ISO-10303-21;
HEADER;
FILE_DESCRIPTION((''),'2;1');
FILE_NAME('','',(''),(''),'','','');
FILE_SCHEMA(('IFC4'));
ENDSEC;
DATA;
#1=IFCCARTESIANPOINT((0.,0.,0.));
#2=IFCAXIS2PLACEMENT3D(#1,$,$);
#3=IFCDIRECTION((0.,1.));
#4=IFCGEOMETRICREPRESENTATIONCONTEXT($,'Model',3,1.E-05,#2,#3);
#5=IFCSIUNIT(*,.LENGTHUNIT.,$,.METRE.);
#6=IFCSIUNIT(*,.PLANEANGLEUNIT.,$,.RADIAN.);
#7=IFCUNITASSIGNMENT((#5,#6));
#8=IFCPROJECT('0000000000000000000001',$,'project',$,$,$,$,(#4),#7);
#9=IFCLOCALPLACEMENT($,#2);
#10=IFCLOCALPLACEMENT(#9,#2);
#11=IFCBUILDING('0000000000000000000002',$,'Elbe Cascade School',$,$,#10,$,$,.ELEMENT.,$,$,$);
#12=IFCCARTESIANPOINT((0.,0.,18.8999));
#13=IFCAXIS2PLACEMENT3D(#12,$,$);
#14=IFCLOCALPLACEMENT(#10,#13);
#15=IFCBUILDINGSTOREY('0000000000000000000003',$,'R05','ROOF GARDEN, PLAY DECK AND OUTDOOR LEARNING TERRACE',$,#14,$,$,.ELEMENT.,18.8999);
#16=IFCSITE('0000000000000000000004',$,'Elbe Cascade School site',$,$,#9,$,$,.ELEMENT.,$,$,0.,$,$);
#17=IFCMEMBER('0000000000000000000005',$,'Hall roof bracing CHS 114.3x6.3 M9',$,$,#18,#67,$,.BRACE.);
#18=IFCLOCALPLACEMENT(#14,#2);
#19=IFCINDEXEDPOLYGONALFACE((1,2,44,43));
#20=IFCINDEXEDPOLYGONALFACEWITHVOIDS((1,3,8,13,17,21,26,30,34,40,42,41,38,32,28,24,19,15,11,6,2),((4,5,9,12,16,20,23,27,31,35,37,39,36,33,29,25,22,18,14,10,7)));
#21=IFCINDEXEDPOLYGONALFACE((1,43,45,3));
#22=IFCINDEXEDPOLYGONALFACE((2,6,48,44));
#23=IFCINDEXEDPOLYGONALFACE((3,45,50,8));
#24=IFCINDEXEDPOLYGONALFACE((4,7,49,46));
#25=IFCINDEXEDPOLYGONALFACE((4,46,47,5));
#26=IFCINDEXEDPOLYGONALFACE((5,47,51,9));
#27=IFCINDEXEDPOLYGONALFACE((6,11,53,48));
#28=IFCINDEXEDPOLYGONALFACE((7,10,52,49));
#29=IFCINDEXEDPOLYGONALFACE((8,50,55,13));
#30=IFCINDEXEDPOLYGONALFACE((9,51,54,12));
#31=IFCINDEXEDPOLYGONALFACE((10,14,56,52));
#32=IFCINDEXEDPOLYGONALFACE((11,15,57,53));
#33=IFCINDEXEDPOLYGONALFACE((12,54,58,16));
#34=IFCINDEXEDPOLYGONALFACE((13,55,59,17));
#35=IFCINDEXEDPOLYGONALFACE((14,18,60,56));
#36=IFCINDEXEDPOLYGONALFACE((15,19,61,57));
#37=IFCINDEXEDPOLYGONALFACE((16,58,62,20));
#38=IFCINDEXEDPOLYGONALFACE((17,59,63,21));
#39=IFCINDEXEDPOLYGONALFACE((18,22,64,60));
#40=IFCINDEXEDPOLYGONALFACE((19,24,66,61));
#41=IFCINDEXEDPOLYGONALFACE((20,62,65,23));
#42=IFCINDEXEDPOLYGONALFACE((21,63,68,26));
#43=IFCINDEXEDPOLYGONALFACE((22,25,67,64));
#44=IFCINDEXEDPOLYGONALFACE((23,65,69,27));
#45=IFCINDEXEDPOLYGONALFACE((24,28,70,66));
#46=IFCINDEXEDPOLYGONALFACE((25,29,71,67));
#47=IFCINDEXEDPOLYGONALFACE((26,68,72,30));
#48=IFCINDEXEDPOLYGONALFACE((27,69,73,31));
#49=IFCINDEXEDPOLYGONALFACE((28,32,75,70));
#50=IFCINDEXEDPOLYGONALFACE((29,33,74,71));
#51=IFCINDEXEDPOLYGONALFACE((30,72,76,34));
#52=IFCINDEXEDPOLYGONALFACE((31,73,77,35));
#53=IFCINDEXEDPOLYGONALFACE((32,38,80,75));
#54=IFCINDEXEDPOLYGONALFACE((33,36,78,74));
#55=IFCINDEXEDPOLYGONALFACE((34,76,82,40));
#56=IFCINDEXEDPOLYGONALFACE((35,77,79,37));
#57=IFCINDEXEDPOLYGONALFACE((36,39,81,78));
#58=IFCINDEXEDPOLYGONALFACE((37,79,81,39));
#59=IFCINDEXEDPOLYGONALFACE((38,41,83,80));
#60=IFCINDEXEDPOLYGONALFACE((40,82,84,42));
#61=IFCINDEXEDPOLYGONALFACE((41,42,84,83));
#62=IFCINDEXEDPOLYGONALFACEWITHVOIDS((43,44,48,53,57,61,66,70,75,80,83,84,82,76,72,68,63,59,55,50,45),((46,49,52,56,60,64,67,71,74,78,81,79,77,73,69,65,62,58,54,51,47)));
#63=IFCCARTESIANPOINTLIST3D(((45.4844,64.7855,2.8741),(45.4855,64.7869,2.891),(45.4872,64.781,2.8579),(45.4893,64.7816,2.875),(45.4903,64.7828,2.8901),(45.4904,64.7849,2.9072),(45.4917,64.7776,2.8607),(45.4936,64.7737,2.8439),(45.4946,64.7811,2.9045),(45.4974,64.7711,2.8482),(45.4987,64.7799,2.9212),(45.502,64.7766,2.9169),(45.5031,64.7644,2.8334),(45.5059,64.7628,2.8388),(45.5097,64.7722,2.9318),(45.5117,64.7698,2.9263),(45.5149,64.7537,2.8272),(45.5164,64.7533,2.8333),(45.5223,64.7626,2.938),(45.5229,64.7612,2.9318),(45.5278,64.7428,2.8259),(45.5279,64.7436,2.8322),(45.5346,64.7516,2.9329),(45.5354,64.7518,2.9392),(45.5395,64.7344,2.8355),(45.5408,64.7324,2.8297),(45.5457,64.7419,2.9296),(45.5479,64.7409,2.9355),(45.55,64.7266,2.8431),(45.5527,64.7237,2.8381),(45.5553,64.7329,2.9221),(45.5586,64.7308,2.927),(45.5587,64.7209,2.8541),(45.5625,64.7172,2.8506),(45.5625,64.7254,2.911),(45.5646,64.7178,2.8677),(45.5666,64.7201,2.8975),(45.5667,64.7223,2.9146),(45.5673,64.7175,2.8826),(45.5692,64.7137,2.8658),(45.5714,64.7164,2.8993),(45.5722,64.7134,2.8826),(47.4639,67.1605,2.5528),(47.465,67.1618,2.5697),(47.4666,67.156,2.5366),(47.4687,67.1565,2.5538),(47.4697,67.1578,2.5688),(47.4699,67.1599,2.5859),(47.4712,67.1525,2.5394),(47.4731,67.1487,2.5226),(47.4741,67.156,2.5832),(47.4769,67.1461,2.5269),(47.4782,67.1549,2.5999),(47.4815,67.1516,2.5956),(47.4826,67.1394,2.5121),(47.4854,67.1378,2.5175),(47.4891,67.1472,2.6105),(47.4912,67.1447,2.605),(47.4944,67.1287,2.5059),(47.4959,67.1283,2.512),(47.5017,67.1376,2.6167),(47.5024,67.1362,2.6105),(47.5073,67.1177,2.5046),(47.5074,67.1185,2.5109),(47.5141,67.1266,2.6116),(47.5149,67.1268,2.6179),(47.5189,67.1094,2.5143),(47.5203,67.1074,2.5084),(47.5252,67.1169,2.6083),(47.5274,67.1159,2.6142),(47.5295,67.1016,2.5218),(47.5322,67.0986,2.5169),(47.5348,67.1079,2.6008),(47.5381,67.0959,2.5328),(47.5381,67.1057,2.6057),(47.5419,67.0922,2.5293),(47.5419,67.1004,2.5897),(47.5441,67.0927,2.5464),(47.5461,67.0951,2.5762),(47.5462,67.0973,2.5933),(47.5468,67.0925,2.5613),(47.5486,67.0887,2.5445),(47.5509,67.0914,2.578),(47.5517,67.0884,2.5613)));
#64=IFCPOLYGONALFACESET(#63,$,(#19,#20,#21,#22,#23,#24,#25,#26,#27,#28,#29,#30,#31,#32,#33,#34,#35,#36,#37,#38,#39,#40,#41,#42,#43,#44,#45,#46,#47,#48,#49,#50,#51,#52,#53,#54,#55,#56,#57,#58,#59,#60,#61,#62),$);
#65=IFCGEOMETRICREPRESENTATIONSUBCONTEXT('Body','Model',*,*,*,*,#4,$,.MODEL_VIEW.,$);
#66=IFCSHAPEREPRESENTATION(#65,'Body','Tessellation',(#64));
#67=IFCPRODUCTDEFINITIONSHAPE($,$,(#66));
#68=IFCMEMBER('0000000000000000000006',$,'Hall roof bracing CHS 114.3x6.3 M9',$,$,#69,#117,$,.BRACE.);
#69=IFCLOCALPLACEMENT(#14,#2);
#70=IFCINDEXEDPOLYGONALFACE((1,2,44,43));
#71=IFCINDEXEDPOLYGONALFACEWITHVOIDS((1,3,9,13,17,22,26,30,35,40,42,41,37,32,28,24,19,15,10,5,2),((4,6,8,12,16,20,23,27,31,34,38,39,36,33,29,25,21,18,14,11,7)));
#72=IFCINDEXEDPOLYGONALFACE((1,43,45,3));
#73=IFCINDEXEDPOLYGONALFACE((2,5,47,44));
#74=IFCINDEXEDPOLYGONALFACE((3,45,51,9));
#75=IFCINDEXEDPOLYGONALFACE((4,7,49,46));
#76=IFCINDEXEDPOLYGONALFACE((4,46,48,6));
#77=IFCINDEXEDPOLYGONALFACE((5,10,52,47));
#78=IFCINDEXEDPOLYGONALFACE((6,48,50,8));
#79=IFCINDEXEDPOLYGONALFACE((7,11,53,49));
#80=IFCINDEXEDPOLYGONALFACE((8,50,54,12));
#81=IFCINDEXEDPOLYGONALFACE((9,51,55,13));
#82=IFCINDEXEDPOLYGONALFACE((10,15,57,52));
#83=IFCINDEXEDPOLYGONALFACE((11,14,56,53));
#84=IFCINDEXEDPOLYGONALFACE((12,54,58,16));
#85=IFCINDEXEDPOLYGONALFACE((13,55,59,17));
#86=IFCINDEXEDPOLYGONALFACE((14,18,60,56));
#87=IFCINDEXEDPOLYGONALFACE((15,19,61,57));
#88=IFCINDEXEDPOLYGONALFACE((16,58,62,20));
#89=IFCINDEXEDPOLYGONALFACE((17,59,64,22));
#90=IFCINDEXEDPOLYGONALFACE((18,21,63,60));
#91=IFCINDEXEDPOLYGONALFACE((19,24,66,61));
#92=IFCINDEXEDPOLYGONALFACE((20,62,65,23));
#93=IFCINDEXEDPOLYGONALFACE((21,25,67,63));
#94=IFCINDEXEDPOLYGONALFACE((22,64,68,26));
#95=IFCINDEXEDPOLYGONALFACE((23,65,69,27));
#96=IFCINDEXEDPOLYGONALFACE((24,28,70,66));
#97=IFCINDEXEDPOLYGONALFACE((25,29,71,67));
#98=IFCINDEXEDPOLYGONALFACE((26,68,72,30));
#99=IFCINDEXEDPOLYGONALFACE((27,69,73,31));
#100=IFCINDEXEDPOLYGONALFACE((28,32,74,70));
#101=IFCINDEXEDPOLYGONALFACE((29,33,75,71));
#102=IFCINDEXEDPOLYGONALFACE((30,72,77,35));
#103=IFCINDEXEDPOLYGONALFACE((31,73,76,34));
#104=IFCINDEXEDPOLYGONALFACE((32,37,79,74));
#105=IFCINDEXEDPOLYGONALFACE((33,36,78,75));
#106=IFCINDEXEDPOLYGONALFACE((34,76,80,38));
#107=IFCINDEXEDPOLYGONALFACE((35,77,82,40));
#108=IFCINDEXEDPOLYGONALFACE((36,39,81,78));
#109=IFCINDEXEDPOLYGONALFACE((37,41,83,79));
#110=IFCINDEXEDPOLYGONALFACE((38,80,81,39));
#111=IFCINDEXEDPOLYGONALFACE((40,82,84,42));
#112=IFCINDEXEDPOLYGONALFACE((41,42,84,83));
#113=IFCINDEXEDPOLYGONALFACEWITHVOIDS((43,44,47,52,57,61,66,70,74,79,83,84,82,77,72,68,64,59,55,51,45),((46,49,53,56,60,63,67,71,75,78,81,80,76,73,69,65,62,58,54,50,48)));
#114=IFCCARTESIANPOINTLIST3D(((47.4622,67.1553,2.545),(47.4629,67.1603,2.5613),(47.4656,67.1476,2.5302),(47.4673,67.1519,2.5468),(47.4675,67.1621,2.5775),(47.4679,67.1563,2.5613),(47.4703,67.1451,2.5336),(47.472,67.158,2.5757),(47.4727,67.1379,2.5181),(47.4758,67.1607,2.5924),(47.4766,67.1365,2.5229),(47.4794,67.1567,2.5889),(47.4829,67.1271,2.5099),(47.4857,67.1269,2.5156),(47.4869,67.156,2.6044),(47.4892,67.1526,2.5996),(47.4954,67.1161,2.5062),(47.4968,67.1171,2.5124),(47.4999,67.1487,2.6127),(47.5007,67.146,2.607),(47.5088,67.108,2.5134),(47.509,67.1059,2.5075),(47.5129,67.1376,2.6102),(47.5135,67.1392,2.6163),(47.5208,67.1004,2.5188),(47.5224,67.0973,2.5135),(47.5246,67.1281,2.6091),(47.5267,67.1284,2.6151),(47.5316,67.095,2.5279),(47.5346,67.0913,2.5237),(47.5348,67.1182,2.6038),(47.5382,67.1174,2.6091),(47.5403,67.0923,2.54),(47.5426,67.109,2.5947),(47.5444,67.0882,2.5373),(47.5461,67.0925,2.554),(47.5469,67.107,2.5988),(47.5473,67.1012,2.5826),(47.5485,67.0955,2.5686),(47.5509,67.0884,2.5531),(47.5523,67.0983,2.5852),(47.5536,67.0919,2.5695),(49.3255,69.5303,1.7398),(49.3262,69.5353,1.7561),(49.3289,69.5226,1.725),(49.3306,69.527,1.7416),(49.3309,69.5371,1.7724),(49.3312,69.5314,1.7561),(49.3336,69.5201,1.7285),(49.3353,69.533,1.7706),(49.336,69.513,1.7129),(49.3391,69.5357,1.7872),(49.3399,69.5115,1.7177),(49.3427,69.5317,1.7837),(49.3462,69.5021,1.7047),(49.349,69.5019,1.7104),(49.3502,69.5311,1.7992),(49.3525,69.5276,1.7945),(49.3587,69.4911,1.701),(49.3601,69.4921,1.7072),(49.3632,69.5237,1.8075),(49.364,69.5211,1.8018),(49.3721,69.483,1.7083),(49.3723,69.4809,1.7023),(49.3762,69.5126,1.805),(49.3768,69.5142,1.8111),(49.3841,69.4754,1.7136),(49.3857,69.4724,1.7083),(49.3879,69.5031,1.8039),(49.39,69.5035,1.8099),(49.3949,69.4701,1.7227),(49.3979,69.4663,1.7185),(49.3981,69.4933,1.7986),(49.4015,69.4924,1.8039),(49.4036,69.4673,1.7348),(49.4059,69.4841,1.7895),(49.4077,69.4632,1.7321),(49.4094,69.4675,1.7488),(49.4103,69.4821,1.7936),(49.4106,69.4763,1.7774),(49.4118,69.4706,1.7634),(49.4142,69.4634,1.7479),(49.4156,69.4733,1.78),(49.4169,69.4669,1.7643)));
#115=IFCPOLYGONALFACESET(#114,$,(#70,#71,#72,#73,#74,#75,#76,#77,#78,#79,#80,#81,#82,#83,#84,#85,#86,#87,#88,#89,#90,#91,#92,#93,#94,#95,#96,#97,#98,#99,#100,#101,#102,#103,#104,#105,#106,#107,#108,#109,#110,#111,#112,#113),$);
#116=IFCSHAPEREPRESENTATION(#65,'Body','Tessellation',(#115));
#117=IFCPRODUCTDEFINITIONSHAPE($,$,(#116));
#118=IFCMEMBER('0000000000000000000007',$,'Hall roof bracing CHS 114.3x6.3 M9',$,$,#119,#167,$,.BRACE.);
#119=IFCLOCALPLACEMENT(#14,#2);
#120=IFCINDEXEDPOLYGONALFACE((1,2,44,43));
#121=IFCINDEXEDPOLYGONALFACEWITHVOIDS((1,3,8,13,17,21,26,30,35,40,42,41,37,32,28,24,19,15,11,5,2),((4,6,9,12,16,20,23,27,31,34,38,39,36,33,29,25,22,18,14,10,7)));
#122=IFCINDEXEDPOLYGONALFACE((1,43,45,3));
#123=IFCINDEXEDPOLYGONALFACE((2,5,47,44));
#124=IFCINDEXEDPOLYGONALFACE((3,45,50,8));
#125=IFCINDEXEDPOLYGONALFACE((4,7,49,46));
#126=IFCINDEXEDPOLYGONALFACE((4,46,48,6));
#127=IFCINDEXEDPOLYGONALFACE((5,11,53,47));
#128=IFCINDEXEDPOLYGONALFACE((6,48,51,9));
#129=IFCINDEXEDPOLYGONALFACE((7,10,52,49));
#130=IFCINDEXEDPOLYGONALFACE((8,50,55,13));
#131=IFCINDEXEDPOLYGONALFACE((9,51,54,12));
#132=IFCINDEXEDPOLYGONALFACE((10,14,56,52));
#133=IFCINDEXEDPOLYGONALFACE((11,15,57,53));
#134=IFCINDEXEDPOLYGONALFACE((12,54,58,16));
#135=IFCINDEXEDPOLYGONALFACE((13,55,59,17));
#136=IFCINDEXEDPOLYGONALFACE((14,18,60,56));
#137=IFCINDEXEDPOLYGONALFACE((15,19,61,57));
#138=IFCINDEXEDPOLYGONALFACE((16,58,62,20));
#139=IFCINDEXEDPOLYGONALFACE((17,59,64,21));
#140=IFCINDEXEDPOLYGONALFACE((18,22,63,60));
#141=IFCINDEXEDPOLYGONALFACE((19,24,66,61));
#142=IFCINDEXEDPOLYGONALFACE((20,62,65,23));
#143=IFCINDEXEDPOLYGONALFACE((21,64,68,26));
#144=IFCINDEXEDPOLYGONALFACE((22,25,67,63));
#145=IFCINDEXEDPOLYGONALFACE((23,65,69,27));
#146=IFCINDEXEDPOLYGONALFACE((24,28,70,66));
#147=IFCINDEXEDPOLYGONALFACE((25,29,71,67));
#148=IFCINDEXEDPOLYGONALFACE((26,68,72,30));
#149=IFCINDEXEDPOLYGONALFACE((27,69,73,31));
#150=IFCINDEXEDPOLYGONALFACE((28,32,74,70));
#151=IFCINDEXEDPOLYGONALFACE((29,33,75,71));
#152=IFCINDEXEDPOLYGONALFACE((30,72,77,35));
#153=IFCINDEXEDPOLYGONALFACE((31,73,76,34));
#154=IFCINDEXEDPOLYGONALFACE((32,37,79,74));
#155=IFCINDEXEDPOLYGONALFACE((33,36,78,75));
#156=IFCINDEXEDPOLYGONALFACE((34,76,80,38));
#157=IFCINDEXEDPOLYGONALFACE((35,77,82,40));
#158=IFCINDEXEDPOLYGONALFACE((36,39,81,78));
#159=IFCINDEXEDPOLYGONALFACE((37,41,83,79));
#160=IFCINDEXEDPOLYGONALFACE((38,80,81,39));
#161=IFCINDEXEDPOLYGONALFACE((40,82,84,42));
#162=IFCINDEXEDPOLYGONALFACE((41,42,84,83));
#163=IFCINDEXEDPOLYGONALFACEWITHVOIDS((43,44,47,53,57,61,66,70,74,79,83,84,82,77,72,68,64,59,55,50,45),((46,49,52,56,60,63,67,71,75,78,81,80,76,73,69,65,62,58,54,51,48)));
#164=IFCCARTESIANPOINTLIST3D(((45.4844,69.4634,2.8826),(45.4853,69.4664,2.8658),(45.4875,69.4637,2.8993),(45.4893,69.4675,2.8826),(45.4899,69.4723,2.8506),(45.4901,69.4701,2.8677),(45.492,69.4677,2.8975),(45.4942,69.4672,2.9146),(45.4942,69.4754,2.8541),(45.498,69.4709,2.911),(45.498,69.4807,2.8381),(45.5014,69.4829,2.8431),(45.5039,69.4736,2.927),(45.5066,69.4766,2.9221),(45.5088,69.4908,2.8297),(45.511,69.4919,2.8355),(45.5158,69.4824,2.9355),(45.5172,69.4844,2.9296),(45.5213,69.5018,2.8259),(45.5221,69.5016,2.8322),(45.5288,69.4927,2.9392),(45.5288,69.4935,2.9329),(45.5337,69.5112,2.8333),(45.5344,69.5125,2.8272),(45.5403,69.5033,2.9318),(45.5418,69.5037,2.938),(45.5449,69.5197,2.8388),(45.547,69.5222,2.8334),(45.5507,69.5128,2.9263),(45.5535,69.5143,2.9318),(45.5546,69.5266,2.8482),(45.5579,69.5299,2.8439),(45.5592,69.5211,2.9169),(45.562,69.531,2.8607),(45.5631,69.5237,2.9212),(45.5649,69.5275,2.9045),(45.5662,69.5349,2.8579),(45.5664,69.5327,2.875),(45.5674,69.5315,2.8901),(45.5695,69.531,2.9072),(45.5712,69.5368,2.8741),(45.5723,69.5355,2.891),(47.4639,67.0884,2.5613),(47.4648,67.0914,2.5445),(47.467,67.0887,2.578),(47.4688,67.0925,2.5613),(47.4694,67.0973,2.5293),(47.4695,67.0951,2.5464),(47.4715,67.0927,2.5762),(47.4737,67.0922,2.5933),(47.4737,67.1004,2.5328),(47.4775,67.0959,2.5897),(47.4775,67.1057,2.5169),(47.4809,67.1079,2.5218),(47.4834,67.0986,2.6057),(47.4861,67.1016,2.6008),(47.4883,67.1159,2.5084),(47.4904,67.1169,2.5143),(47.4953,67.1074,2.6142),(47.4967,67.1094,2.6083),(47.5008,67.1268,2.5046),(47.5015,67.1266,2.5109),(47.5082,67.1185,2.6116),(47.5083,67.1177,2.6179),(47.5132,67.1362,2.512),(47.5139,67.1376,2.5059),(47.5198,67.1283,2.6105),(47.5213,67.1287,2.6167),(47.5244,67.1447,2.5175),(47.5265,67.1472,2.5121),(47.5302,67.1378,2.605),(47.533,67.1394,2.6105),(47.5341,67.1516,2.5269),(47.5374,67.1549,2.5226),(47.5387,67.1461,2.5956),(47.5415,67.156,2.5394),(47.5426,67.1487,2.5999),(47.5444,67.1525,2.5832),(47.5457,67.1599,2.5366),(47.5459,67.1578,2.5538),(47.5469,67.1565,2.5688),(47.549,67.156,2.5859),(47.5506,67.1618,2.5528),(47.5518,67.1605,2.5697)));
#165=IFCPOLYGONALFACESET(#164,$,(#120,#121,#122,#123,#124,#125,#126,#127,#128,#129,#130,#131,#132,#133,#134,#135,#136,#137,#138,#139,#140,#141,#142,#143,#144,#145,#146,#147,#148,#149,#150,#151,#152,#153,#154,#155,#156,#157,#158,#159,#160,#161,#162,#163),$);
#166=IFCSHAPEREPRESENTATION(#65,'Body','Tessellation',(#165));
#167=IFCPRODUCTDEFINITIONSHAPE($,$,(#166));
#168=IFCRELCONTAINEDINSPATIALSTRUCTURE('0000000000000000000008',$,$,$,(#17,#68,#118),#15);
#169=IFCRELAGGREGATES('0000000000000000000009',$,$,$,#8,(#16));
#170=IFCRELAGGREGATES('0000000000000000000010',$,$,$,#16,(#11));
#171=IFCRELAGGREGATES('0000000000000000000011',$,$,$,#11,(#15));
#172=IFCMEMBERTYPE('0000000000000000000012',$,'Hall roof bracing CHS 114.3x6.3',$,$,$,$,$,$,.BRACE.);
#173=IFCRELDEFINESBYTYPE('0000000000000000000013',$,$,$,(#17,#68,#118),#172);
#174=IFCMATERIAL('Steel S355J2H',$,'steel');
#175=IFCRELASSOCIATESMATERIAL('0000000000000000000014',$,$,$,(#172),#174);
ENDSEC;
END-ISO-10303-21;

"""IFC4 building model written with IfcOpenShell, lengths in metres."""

from ifc_helpers import new_model, si_unit, direction, frame, origin, origin_2d, place, context, subcontext, project, spatial, hollow_circle, extrude, material, material_profile, profile_set, type_object, element, save


model = new_model("IFC4")

# Units and contexts
model_context = context("Model", 3, precision=1e-05, world=origin(), true_north=direction((0.0, 1.0)))
body_context = subcontext(model_context, "Body", "Model", "MODEL_VIEW")
ifc_project = project(units=[si_unit("LENGTHUNIT", "METRE"), si_unit("PLANEANGLEUNIT", "RADIAN")], contexts=[model_context])

# Site, building, storey
site_placement = place(None, origin())
site = spatial("IfcSite", under=ifc_project, at=site_placement, Name="Elbe Cascade School site", CompositionType="ELEMENT", RefElevation=0.0)
building_placement = place(site_placement, origin())
building = spatial("IfcBuilding", under=site, at=building_placement, Name="Elbe Cascade School", CompositionType="ELEMENT")
storey_placement = place(building_placement, frame((0.0, 0.0, 18.8999)))
storey = spatial("IfcBuildingStorey", under=building, at=storey_placement, Name="R05", Description="ROOF GARDEN, PLAY DECK AND OUTDOOR LEARNING TERRACE", CompositionType="ELEMENT", Elevation=18.8999)

# Members
ifc_material_1 = material(Name="Steel S355J2H", Category="steel")
ifc_material_profile_1 = material_profile(ifc_material_1, hollow_circle(Radius=0.0571, WallThickness=0.0063, at=origin_2d()), Name="CHS 114.3x6.3")
ifc_profile_set_1 = profile_set([ifc_material_profile_1], Name="Steel S355J2H")
member_type_1 = type_object("IfcMemberType", Name="Hall roof bracing CHS 114.3x6.3", PredefinedType="BRACE", material=ifc_profile_set_1)
member_1_placement = place(storey_placement, frame((47.5078, 67.125, 2.5613), z_axis=(-0.636817, -0.764055, 0.103361), x_axis=(0.768169, -0.640247, 0.0)))
element("IfcMember", 1, at=member_1_placement, inside=storey, type_object=member_type_1, Name="Hall roof bracing CHS 114.3x6.3 M9", PredefinedType="BRACE", context=body_context, shape_type="SweptSolid", body=[
    extrude(hollow_circle(Radius=0.0571, WallThickness=0.0063, at=origin_2d()), origin(), (0.0, 0.0, 1.0), 3.1084),
])
member_2_placement = place(storey_placement, frame((47.5078, 67.125, 2.5613), z_axis=(0.596399, 0.76019, -0.257721), x_axis=(-0.786767, 0.61725, 0.0)))
element("IfcMember", 2, at=member_2_placement, inside=storey, type_object=member_type_1, Name="Hall roof bracing CHS 114.3x6.3 M9", PredefinedType="BRACE", context=body_context, shape_type="SweptSolid", body=[
    extrude(hollow_circle(Radius=0.0571, WallThickness=0.0063, at=origin_2d()), origin(), (0.0, 0.0, 1.0), 3.1243),
])
member_3_placement = place(storey_placement, frame((47.5078, 67.125, 2.5613), z_axis=(-0.636817, 0.764055, 0.103361), x_axis=(-0.768169, -0.640247, 0.0)))
element("IfcMember", 3, at=member_3_placement, inside=storey, type_object=member_type_1, Name="Hall roof bracing CHS 114.3x6.3 M9", PredefinedType="BRACE", context=body_context, shape_type="SweptSolid", body=[
    extrude(hollow_circle(Radius=0.0571, WallThickness=0.0063, at=origin_2d()), origin(), (0.0, 0.0, 1.0), 3.1084),
])

save(model, "model.ifc")
